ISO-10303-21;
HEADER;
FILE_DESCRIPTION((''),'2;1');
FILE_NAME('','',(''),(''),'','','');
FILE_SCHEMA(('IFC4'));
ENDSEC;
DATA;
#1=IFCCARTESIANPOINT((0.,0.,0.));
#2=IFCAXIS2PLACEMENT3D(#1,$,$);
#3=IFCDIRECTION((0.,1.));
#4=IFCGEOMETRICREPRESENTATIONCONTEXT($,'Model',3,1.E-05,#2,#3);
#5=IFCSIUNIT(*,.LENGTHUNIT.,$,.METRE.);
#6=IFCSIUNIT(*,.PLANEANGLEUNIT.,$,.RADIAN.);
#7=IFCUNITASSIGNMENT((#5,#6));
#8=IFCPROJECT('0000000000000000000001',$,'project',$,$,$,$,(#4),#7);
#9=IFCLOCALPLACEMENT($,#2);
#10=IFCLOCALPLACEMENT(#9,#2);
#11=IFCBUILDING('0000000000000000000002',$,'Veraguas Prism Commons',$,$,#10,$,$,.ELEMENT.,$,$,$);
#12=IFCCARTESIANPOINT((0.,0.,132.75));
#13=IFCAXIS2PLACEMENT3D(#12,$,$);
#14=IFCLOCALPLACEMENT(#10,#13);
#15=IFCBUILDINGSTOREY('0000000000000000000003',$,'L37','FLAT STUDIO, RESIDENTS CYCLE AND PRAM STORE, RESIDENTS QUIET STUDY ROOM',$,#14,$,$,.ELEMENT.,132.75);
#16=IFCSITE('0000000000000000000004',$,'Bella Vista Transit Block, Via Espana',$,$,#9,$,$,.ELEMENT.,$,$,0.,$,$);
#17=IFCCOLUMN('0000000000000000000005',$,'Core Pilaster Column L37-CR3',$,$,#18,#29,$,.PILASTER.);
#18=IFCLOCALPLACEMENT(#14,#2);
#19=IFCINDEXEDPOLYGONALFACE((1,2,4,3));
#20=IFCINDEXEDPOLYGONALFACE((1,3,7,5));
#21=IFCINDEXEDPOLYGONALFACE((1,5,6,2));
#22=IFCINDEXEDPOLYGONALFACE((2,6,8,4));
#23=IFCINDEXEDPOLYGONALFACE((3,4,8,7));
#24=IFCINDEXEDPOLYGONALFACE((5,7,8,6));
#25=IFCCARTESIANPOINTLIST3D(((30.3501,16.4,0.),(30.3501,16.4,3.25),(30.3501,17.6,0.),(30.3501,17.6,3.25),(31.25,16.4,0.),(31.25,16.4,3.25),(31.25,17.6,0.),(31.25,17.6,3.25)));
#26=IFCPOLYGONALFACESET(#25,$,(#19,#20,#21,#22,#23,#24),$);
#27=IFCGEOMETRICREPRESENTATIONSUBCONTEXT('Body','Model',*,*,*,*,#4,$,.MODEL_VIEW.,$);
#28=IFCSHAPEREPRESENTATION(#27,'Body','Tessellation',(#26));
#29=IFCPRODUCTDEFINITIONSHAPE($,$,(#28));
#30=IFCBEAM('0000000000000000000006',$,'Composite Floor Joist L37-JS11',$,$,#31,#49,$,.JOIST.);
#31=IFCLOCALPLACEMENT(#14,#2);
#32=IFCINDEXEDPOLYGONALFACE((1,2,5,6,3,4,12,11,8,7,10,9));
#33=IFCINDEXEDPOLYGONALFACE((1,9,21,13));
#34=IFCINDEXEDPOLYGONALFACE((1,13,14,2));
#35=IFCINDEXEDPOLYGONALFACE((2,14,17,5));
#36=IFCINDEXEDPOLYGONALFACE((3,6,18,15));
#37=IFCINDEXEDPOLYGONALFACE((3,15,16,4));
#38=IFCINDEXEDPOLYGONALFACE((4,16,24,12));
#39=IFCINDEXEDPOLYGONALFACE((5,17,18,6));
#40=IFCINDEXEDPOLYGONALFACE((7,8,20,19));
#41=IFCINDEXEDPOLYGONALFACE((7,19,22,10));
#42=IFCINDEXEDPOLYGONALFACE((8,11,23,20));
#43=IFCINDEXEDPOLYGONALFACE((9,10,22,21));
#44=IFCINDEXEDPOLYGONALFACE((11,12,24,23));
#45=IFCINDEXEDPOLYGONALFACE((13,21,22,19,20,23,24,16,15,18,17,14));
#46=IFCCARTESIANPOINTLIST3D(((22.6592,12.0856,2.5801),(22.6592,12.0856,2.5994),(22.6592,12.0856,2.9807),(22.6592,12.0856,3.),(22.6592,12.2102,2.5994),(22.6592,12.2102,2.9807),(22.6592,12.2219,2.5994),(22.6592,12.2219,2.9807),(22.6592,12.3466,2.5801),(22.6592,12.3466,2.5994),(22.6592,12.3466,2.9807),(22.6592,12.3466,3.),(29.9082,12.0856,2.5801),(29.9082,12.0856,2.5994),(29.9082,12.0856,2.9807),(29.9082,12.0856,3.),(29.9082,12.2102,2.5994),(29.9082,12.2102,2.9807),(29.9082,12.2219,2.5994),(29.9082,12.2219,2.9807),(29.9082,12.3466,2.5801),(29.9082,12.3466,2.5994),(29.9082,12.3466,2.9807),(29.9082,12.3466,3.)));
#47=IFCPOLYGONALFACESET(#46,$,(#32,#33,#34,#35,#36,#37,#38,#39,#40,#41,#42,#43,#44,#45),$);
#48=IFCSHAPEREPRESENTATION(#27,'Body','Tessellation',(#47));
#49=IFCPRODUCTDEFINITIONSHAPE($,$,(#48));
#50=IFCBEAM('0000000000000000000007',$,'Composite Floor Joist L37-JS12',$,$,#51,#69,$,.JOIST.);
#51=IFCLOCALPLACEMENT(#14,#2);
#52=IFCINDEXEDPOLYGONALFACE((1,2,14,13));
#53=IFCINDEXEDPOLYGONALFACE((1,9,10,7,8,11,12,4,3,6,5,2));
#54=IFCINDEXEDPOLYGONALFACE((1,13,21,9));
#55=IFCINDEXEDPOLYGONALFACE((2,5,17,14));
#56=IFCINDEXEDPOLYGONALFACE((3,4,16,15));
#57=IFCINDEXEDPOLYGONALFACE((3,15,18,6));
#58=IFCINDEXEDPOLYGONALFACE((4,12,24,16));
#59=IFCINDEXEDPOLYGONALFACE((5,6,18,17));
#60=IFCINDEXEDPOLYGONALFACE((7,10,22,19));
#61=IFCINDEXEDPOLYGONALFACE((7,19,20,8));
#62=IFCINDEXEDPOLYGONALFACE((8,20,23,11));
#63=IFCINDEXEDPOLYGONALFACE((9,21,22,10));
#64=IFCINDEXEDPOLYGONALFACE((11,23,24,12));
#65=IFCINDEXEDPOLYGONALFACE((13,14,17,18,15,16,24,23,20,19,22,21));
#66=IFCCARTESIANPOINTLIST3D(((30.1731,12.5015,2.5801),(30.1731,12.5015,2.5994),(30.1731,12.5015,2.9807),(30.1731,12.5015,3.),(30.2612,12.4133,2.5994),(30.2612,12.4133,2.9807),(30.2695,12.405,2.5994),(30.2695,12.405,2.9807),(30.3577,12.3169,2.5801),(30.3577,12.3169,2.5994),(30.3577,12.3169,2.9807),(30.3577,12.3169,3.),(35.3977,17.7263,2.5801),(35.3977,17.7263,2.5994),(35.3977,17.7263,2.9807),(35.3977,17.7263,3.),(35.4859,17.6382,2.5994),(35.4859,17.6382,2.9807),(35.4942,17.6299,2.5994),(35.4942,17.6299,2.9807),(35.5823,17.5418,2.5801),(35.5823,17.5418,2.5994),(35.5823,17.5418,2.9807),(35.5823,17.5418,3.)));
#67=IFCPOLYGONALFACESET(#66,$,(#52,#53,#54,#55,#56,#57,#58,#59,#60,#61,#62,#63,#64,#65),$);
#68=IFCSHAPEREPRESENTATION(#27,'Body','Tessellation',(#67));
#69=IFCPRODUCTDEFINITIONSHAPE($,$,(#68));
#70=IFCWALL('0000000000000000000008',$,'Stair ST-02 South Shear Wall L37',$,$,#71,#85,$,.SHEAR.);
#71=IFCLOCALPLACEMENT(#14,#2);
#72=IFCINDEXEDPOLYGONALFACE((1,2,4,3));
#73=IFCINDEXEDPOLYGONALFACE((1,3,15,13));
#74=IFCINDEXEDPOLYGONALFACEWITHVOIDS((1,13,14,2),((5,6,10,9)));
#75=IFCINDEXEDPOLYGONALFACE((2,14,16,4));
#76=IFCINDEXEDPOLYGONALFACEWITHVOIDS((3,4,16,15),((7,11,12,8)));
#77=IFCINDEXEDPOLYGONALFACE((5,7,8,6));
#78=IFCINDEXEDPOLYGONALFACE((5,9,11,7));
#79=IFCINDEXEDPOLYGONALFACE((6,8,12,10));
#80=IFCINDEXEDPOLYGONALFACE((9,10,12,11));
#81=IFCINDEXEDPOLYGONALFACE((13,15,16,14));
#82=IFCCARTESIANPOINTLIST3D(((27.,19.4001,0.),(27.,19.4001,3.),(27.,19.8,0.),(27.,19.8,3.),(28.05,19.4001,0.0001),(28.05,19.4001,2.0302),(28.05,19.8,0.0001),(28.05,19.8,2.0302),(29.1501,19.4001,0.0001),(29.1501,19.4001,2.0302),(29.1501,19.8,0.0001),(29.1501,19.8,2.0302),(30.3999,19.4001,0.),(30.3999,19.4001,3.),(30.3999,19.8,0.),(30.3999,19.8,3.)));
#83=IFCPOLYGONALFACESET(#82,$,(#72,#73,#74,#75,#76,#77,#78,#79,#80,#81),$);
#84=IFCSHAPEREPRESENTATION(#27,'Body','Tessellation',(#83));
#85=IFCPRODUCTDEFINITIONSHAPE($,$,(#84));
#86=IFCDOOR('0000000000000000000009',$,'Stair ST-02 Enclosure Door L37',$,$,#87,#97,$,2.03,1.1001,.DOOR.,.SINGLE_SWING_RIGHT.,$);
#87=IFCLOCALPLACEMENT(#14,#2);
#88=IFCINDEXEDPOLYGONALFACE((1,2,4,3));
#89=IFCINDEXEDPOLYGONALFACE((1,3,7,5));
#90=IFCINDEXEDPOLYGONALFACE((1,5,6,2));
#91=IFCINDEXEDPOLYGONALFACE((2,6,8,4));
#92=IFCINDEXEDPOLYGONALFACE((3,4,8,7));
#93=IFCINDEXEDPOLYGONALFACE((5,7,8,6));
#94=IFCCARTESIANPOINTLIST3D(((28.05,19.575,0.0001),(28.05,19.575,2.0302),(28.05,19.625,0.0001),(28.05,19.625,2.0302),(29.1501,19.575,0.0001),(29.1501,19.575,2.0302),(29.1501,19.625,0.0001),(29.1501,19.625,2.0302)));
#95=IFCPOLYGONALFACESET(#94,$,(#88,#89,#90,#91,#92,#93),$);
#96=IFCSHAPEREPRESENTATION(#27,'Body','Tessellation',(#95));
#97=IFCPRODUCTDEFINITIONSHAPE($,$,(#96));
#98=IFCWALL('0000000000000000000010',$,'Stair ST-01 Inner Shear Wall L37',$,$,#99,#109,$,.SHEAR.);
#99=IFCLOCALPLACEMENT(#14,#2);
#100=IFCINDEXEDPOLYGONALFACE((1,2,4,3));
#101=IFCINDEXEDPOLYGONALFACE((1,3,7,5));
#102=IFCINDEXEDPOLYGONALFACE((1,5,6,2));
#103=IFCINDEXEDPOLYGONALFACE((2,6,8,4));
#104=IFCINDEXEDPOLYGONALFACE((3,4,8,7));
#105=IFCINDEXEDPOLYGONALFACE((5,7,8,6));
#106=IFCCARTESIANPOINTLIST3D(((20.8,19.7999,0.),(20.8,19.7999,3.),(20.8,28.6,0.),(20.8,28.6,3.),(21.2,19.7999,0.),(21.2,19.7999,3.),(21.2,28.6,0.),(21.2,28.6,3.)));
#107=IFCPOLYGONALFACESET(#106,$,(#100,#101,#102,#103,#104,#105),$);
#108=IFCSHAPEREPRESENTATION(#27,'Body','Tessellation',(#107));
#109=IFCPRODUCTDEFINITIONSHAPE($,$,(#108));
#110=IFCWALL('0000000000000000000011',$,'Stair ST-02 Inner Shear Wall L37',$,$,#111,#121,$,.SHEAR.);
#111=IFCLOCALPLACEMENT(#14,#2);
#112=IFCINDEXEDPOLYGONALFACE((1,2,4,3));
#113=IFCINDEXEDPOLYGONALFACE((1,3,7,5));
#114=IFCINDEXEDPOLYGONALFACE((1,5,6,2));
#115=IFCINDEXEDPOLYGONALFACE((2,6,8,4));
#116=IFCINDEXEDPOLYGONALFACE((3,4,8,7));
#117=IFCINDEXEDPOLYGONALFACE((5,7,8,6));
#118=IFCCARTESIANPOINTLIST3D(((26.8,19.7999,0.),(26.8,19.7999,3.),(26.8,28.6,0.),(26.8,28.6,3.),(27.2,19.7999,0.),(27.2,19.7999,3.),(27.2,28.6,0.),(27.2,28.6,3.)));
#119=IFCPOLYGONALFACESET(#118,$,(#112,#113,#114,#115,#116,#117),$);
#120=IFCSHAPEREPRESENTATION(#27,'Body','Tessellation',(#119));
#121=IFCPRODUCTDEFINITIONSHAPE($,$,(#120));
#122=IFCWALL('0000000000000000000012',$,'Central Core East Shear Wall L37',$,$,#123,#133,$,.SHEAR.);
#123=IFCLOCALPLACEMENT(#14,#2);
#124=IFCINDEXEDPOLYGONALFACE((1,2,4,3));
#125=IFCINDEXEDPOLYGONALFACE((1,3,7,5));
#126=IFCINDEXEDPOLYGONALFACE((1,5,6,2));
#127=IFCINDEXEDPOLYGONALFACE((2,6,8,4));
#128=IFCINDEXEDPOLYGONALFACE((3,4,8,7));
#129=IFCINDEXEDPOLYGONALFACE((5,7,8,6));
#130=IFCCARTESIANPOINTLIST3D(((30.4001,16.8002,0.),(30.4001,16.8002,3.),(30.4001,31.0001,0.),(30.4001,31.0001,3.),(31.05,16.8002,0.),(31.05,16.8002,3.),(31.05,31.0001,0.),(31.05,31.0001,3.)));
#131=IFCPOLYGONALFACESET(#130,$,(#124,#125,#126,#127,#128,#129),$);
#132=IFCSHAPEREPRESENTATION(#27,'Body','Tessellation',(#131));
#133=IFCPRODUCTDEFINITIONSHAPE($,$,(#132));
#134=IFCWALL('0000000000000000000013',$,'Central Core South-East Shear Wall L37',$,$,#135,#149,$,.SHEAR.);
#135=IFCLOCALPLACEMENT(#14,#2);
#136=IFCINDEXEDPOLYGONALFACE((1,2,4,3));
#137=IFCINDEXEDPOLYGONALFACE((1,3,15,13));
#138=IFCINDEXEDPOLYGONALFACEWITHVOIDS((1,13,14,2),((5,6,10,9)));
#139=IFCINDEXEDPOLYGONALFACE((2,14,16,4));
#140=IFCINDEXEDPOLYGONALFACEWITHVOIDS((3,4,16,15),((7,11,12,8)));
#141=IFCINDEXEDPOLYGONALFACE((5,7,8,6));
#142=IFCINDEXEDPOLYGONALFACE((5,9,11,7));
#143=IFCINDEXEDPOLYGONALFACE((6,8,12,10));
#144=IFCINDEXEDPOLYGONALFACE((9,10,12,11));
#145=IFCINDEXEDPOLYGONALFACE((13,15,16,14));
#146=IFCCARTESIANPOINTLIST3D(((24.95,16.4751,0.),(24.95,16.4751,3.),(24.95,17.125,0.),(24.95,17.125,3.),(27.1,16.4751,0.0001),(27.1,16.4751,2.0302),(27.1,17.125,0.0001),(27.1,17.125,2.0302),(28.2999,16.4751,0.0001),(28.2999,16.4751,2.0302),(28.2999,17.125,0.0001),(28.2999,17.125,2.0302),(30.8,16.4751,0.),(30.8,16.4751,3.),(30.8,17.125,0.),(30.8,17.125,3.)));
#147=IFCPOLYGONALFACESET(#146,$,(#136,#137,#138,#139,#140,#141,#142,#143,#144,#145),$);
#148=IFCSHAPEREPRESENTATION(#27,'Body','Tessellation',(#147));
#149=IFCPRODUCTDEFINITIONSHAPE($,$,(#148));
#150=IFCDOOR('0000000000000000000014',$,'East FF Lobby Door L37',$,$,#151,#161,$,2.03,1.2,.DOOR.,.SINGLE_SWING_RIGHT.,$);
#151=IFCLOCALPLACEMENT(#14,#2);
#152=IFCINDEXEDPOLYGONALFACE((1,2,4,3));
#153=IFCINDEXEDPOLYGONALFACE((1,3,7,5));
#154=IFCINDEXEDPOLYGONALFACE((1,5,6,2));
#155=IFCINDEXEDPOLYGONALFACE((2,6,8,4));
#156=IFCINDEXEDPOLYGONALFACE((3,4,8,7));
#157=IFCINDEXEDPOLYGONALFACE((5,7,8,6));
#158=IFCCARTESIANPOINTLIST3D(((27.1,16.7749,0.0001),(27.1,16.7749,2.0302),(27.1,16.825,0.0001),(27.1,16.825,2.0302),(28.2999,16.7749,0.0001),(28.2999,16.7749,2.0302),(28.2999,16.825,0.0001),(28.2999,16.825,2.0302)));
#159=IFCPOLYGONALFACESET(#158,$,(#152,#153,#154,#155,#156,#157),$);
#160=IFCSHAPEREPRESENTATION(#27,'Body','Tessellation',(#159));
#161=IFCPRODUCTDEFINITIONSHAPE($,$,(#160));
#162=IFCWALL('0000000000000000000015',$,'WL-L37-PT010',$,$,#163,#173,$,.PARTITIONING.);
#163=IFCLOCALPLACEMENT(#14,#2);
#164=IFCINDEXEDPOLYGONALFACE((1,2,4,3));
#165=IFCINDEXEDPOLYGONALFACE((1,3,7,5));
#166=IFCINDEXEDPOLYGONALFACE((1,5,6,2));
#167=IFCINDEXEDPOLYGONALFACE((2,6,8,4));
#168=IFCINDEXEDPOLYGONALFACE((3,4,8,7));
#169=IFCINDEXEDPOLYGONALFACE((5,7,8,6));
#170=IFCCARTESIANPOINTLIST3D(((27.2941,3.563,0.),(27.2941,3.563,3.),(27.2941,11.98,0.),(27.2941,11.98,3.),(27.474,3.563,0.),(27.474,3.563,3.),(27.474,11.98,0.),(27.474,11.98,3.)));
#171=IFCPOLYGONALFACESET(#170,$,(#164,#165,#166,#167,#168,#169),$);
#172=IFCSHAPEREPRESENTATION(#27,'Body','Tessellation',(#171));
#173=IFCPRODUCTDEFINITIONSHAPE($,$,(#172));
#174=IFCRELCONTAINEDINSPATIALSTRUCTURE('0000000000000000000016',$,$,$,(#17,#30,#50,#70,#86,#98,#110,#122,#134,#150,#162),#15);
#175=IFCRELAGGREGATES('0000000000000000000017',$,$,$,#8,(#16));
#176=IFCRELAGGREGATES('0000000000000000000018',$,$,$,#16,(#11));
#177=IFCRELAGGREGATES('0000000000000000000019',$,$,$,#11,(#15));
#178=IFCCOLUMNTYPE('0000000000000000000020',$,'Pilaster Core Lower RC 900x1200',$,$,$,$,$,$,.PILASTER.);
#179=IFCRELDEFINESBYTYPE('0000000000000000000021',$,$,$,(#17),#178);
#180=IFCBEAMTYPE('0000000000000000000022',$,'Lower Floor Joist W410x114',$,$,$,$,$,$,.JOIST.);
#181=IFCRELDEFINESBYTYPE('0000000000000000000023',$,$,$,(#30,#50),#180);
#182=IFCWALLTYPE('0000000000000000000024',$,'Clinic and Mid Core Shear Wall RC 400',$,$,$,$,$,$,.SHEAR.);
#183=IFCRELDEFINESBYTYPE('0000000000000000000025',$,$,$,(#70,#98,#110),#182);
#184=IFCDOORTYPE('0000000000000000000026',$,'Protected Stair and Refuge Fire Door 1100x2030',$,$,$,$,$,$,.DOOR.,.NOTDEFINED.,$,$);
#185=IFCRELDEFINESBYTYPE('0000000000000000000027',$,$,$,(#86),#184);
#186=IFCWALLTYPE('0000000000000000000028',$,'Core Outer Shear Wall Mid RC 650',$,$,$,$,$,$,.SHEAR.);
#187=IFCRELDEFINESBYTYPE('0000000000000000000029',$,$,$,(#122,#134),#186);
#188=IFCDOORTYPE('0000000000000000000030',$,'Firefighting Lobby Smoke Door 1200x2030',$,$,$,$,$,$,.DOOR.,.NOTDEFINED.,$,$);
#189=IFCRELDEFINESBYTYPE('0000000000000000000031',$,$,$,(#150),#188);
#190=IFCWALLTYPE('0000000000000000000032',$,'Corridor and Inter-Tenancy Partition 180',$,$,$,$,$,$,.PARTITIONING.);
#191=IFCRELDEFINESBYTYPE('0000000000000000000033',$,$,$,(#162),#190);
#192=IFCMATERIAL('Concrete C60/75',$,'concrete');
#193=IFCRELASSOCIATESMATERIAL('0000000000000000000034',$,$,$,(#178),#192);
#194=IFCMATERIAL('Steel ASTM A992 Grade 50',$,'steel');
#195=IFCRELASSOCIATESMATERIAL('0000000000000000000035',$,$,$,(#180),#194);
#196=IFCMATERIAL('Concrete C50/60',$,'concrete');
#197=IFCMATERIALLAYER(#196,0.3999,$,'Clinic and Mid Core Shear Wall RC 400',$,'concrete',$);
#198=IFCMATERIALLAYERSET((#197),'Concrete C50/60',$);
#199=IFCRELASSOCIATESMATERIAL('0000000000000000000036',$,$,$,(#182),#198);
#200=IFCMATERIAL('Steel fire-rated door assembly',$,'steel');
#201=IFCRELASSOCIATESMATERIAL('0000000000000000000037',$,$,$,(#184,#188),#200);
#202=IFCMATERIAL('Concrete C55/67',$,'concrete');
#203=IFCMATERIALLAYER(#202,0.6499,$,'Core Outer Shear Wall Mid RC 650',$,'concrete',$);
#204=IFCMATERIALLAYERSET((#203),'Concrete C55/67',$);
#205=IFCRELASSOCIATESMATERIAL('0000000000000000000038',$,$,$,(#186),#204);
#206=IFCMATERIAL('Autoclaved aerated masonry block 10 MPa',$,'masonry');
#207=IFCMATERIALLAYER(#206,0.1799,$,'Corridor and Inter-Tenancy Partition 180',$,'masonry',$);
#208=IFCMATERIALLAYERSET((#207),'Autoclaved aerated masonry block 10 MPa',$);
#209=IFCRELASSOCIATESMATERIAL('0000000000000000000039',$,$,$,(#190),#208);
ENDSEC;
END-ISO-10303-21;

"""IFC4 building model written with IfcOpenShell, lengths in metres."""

from ifc_helpers import new_model, si_unit, direction, frame, frame_2d, origin, origin_2d, place, context, subcontext, project, spatial, rectangle, i_section, extrude, source, transform, mapped, material, layer, layer_set, material_profile, profile_set, type_object, element, fill, save


model = new_model("IFC4")

# Units and contexts
model_context = context("Model", 3, precision=1e-05, world=origin(), true_north=direction((0.0, 1.0)))
body_context = subcontext(model_context, "Body", "Model", "MODEL_VIEW")
ifc_project = project(units=[si_unit("LENGTHUNIT", "METRE"), si_unit("PLANEANGLEUNIT", "RADIAN")], contexts=[model_context])

# Site, building, storey
site_placement = place(None, origin())
site = spatial("IfcSite", under=ifc_project, at=site_placement, Name="Bella Vista Transit Block, Via Espana", CompositionType="ELEMENT", RefElevation=0.0)
building_placement = place(site_placement, origin())
building = spatial("IfcBuilding", under=site, at=building_placement, Name="Veraguas Prism Commons", CompositionType="ELEMENT")
storey_placement = place(building_placement, frame((0.0, 0.0, 132.75)))
storey = spatial("IfcBuildingStorey", under=building, at=storey_placement, Name="L37", Description="FLAT STUDIO, RESIDENTS CYCLE AND PRAM STORE, RESIDENTS QUIET STUDY ROOM", CompositionType="ELEMENT", Elevation=132.75)

# Column
ifc_material_1 = material(Name="Concrete C60/75", Category="concrete")
ifc_material_profile_1 = material_profile(ifc_material_1, rectangle(XDim=0.8999, YDim=1.2, at=origin_2d()), Name="RC900X1200")
ifc_profile_set_1 = profile_set([ifc_material_profile_1], Name="Concrete C60/75")
column_type = type_object("IfcColumnType", Name="Pilaster Core Lower RC 900x1200", PredefinedType="PILASTER", material=ifc_profile_set_1)
column_placement = place(storey_placement, frame((30.8, 17.0, 0.0), z_axis=(0.0, 0.0, 1.0), x_axis=(1.0, 0.0, 0.0)))
element("IfcColumn", 1, at=column_placement, inside=storey, type_object=column_type, Name="Core Pilaster Column L37-CR3", PredefinedType="PILASTER", context=body_context, shape_type="SweptSolid", body=[
    extrude(rectangle(XDim=0.8999, YDim=1.2, at=origin_2d()), origin(), (0.0, 0.0, 1.0), 3.25),
])

# Beams
ifc_material_2 = material(Name="Steel ASTM A992 Grade 50", Category="steel")
ifc_material_profile_2 = material_profile(ifc_material_2, i_section(OverallWidth=0.261, OverallDepth=0.4199, WebThickness=0.0117, FlangeThickness=0.0193, at=origin_2d()), Name="W410X114")
ifc_profile_set_2 = profile_set([ifc_material_profile_2], Name="Steel ASTM A992 Grade 50")
beam_type = type_object("IfcBeamType", Name="Lower Floor Joist W410x114", PredefinedType="JOIST", material=ifc_profile_set_2)
beam_1_placement = place(storey_placement, frame((22.6592, 12.2161, 2.79), z_axis=(1.0, 0.0, 0.0), x_axis=(0.0, 1.0, 0.0)))
element("IfcBeam", 2, at=beam_1_placement, inside=storey, type_object=beam_type, Name="Composite Floor Joist L37-JS11", PredefinedType="JOIST", context=body_context, shape_type="SweptSolid", body=[
    extrude(i_section(OverallWidth=0.261, OverallDepth=0.4199, WebThickness=0.0117, FlangeThickness=0.0193, at=origin_2d()), origin(), (0.0, 0.0, 1.0), 7.249),
])
beam_2_placement = place(storey_placement, frame((30.2654, 12.4092, 2.79), z_axis=(0.70709, 0.707123, 0.0), x_axis=(-0.707123, 0.70709, 0.0)))
element("IfcBeam", 3, at=beam_2_placement, inside=storey, type_object=beam_type, Name="Composite Floor Joist L37-JS12", PredefinedType="JOIST", context=body_context, shape_type="SweptSolid", body=[
    extrude(i_section(OverallWidth=0.261, OverallDepth=0.4199, WebThickness=0.0117, FlangeThickness=0.0193, at=origin_2d()), origin(), (0.0, 0.0, 1.0), 7.3889),
])

# Wall, opening, door
ifc_material_3 = material(Name="Concrete C50/60", Category="concrete")
ifc_layer_1 = layer(ifc_material_3, 0.3999, Name="Clinic and Mid Core Shear Wall RC 400", Category="concrete")
ifc_layer_set_1 = layer_set([ifc_layer_1], Name="Concrete C50/60")
wall_type_1 = type_object("IfcWallType", Name="Clinic and Mid Core Shear Wall RC 400", PredefinedType="SHEAR", material=ifc_layer_set_1)
wall_1_placement = place(storey_placement, frame((27.0, 19.6001, 0.0), z_axis=(0.0, 0.0, 1.0), x_axis=(1.0, 0.0, 0.0)))
wall_1 = element("IfcWall", 4, at=wall_1_placement, inside=storey, type_object=wall_type_1, Name="Stair ST-02 South Shear Wall L37", PredefinedType="SHEAR", context=body_context, shape_type="SweptSolid", body=[
    extrude(rectangle(XDim=3.3999, YDim=0.3999, at=frame_2d((1.7, 0.0))), origin(), (0.0, 0.0, 1.0), 3.0),
])
opening_1_placement = place(wall_1_placement, frame((1.05, 0.0, 0.0)))
opening_1 = element("IfcOpeningElement", 5, at=opening_1_placement, cuts=wall_1, PredefinedType="OPENING", context=body_context, shape_type="SweptSolid", body=[
    extrude(rectangle(XDim=1.1001, YDim=2.03, at=frame_2d((0.55, 1.0151))), frame((0.0, 0.21, 0.0), z_axis=(0.0, -1.0, 0.0), x_axis=(1.0, 0.0, 0.0)), (0.0, 0.0, 1.0), 0.4199),
])
ifc_material_4 = material(Name="Steel fire-rated door assembly", Category="steel")
door_type_1 = type_object("IfcDoorType", Name="Protected Stair and Refuge Fire Door 1100x2030", OperationType="NOTDEFINED", PredefinedType="DOOR", material=ifc_material_4)
shared_shape_1 = source(origin(), body_context, "Body", "SweptSolid", [
    extrude(rectangle(XDim=1.1001, YDim=2.03, at=frame_2d((0.55, 1.0151))), frame((0.0, 0.0249, 0.0), z_axis=(0.0, -1.0, 0.0), x_axis=(1.0, 0.0, 0.0)), (0.0, 0.0, 1.0), 0.05),
])
door_1_placement = place(opening_1_placement, origin())
door_1 = element("IfcDoor", 6, at=door_1_placement, inside=storey, type_object=door_type_1, Name="Stair ST-02 Enclosure Door L37", OperationType="SINGLE_SWING_RIGHT", OverallHeight=2.03, OverallWidth=1.1001, PredefinedType="DOOR", context=body_context, shape_type="MappedRepresentation", body=[
    mapped(shared_shape_1, transform((0.0, 0.0, 0.0), scale=1.0)),
])
fill(opening_1, door_1)

# Walls
for number, where, z_axis, x_axis, name in (
    (7, (21.0, 19.8, 0.0), (0.0, 0.0, 1.0), (0.0, 1.0, 0.0), "Stair ST-01 Inner Shear Wall L37"),
    (8, (27.0, 19.8, 0.0), (0.0, 0.0, 1.0), (0.0, 1.0, 0.0), "Stair ST-02 Inner Shear Wall L37"),
):
    element("IfcWall", number, at=place(storey_placement, frame(where, z_axis=z_axis, x_axis=x_axis)), inside=storey, type_object=wall_type_1, Name=name, PredefinedType="SHEAR", context=body_context, shape_type="SweptSolid", body=[
        extrude(rectangle(XDim=8.8, YDim=0.3999, at=frame_2d((4.3999, 0.0))), origin(), (0.0, 0.0, 1.0), 3.0),
    ])
ifc_material_5 = material(Name="Concrete C55/67", Category="concrete")
ifc_layer_2 = layer(ifc_material_5, 0.6499, Name="Core Outer Shear Wall Mid RC 650", Category="concrete")
ifc_layer_set_2 = layer_set([ifc_layer_2], Name="Concrete C55/67")
wall_type_2 = type_object("IfcWallType", Name="Core Outer Shear Wall Mid RC 650", PredefinedType="SHEAR", material=ifc_layer_set_2)
wall_2_placement = place(storey_placement, frame((30.7251, 16.8, 0.0), z_axis=(0.0, 0.0, 1.0), x_axis=(0.0, 1.0, 0.0)))
element("IfcWall", 9, at=wall_2_placement, inside=storey, type_object=wall_type_2, Name="Central Core East Shear Wall L37", PredefinedType="SHEAR", context=body_context, shape_type="SweptSolid", body=[
    extrude(rectangle(XDim=14.2, YDim=0.6499, at=frame_2d((7.1001, 0.0))), origin(), (0.0, 0.0, 1.0), 3.0),
])

# Wall, opening, door
wall_3_placement = place(storey_placement, frame((24.95, 16.8, 0.0), z_axis=(0.0, 0.0, 1.0), x_axis=(1.0, 0.0, 0.0)))
wall_3 = element("IfcWall", 10, at=wall_3_placement, inside=storey, type_object=wall_type_2, Name="Central Core South-East Shear Wall L37", PredefinedType="SHEAR", context=body_context, shape_type="SweptSolid", body=[
    extrude(rectangle(XDim=5.8501, YDim=0.6499, at=frame_2d((2.925, 0.0))), origin(), (0.0, 0.0, 1.0), 3.0),
])
opening_2_placement = place(wall_3_placement, frame((2.1499, 0.0, 0.0)))
opening_2 = element("IfcOpeningElement", 11, at=opening_2_placement, cuts=wall_3, PredefinedType="OPENING", context=body_context, shape_type="SweptSolid", body=[
    extrude(rectangle(XDim=1.2, YDim=2.03, at=frame_2d((0.6001, 1.0151))), frame((0.0, 0.335, 0.0), z_axis=(0.0, -1.0, 0.0), x_axis=(1.0, 0.0, 0.0)), (0.0, 0.0, 1.0), 0.6699),
])
door_type_2 = type_object("IfcDoorType", Name="Firefighting Lobby Smoke Door 1200x2030", OperationType="NOTDEFINED", PredefinedType="DOOR", material=ifc_material_4)
shared_shape_2 = source(origin(), body_context, "Body", "SweptSolid", [
    extrude(rectangle(XDim=1.2, YDim=2.03, at=frame_2d((0.6001, 1.0151))), frame((0.0, 0.0249, 0.0), z_axis=(0.0, -1.0, 0.0), x_axis=(1.0, 0.0, 0.0)), (0.0, 0.0, 1.0), 0.05),
])
door_2_placement = place(opening_2_placement, origin())
door_2 = element("IfcDoor", 12, at=door_2_placement, inside=storey, type_object=door_type_2, Name="East FF Lobby Door L37", OperationType="SINGLE_SWING_RIGHT", OverallHeight=2.03, OverallWidth=1.2, PredefinedType="DOOR", context=body_context, shape_type="MappedRepresentation", body=[
    mapped(shared_shape_2, transform((0.0, 0.0, 0.0), scale=1.0)),
])
fill(opening_2, door_2)

# Wall
ifc_material_6 = material(Name="Autoclaved aerated masonry block 10 MPa", Category="masonry")
ifc_layer_3 = layer(ifc_material_6, 0.1799, Name="Corridor and Inter-Tenancy Partition 180", Category="masonry")
ifc_layer_set_3 = layer_set([ifc_layer_3], Name="Autoclaved aerated masonry block 10 MPa")
wall_type_3 = type_object("IfcWallType", Name="Corridor and Inter-Tenancy Partition 180", PredefinedType="PARTITIONING", material=ifc_layer_set_3)
wall_4_placement = place(storey_placement, frame((27.384, 11.98, 0.0), z_axis=(0.0, 0.0, 1.0), x_axis=(0.0, -1.0, 0.0)))
element("IfcWall", 13, at=wall_4_placement, inside=storey, type_object=wall_type_3, Name="WL-L37-PT010", PredefinedType="PARTITIONING", context=body_context, shape_type="SweptSolid", body=[
    extrude(rectangle(XDim=8.417, YDim=0.1799, at=frame_2d((4.2085, 0.0))), origin(), (0.0, 0.0, 1.0), 3.0),
])

save(model, "model.ifc")
